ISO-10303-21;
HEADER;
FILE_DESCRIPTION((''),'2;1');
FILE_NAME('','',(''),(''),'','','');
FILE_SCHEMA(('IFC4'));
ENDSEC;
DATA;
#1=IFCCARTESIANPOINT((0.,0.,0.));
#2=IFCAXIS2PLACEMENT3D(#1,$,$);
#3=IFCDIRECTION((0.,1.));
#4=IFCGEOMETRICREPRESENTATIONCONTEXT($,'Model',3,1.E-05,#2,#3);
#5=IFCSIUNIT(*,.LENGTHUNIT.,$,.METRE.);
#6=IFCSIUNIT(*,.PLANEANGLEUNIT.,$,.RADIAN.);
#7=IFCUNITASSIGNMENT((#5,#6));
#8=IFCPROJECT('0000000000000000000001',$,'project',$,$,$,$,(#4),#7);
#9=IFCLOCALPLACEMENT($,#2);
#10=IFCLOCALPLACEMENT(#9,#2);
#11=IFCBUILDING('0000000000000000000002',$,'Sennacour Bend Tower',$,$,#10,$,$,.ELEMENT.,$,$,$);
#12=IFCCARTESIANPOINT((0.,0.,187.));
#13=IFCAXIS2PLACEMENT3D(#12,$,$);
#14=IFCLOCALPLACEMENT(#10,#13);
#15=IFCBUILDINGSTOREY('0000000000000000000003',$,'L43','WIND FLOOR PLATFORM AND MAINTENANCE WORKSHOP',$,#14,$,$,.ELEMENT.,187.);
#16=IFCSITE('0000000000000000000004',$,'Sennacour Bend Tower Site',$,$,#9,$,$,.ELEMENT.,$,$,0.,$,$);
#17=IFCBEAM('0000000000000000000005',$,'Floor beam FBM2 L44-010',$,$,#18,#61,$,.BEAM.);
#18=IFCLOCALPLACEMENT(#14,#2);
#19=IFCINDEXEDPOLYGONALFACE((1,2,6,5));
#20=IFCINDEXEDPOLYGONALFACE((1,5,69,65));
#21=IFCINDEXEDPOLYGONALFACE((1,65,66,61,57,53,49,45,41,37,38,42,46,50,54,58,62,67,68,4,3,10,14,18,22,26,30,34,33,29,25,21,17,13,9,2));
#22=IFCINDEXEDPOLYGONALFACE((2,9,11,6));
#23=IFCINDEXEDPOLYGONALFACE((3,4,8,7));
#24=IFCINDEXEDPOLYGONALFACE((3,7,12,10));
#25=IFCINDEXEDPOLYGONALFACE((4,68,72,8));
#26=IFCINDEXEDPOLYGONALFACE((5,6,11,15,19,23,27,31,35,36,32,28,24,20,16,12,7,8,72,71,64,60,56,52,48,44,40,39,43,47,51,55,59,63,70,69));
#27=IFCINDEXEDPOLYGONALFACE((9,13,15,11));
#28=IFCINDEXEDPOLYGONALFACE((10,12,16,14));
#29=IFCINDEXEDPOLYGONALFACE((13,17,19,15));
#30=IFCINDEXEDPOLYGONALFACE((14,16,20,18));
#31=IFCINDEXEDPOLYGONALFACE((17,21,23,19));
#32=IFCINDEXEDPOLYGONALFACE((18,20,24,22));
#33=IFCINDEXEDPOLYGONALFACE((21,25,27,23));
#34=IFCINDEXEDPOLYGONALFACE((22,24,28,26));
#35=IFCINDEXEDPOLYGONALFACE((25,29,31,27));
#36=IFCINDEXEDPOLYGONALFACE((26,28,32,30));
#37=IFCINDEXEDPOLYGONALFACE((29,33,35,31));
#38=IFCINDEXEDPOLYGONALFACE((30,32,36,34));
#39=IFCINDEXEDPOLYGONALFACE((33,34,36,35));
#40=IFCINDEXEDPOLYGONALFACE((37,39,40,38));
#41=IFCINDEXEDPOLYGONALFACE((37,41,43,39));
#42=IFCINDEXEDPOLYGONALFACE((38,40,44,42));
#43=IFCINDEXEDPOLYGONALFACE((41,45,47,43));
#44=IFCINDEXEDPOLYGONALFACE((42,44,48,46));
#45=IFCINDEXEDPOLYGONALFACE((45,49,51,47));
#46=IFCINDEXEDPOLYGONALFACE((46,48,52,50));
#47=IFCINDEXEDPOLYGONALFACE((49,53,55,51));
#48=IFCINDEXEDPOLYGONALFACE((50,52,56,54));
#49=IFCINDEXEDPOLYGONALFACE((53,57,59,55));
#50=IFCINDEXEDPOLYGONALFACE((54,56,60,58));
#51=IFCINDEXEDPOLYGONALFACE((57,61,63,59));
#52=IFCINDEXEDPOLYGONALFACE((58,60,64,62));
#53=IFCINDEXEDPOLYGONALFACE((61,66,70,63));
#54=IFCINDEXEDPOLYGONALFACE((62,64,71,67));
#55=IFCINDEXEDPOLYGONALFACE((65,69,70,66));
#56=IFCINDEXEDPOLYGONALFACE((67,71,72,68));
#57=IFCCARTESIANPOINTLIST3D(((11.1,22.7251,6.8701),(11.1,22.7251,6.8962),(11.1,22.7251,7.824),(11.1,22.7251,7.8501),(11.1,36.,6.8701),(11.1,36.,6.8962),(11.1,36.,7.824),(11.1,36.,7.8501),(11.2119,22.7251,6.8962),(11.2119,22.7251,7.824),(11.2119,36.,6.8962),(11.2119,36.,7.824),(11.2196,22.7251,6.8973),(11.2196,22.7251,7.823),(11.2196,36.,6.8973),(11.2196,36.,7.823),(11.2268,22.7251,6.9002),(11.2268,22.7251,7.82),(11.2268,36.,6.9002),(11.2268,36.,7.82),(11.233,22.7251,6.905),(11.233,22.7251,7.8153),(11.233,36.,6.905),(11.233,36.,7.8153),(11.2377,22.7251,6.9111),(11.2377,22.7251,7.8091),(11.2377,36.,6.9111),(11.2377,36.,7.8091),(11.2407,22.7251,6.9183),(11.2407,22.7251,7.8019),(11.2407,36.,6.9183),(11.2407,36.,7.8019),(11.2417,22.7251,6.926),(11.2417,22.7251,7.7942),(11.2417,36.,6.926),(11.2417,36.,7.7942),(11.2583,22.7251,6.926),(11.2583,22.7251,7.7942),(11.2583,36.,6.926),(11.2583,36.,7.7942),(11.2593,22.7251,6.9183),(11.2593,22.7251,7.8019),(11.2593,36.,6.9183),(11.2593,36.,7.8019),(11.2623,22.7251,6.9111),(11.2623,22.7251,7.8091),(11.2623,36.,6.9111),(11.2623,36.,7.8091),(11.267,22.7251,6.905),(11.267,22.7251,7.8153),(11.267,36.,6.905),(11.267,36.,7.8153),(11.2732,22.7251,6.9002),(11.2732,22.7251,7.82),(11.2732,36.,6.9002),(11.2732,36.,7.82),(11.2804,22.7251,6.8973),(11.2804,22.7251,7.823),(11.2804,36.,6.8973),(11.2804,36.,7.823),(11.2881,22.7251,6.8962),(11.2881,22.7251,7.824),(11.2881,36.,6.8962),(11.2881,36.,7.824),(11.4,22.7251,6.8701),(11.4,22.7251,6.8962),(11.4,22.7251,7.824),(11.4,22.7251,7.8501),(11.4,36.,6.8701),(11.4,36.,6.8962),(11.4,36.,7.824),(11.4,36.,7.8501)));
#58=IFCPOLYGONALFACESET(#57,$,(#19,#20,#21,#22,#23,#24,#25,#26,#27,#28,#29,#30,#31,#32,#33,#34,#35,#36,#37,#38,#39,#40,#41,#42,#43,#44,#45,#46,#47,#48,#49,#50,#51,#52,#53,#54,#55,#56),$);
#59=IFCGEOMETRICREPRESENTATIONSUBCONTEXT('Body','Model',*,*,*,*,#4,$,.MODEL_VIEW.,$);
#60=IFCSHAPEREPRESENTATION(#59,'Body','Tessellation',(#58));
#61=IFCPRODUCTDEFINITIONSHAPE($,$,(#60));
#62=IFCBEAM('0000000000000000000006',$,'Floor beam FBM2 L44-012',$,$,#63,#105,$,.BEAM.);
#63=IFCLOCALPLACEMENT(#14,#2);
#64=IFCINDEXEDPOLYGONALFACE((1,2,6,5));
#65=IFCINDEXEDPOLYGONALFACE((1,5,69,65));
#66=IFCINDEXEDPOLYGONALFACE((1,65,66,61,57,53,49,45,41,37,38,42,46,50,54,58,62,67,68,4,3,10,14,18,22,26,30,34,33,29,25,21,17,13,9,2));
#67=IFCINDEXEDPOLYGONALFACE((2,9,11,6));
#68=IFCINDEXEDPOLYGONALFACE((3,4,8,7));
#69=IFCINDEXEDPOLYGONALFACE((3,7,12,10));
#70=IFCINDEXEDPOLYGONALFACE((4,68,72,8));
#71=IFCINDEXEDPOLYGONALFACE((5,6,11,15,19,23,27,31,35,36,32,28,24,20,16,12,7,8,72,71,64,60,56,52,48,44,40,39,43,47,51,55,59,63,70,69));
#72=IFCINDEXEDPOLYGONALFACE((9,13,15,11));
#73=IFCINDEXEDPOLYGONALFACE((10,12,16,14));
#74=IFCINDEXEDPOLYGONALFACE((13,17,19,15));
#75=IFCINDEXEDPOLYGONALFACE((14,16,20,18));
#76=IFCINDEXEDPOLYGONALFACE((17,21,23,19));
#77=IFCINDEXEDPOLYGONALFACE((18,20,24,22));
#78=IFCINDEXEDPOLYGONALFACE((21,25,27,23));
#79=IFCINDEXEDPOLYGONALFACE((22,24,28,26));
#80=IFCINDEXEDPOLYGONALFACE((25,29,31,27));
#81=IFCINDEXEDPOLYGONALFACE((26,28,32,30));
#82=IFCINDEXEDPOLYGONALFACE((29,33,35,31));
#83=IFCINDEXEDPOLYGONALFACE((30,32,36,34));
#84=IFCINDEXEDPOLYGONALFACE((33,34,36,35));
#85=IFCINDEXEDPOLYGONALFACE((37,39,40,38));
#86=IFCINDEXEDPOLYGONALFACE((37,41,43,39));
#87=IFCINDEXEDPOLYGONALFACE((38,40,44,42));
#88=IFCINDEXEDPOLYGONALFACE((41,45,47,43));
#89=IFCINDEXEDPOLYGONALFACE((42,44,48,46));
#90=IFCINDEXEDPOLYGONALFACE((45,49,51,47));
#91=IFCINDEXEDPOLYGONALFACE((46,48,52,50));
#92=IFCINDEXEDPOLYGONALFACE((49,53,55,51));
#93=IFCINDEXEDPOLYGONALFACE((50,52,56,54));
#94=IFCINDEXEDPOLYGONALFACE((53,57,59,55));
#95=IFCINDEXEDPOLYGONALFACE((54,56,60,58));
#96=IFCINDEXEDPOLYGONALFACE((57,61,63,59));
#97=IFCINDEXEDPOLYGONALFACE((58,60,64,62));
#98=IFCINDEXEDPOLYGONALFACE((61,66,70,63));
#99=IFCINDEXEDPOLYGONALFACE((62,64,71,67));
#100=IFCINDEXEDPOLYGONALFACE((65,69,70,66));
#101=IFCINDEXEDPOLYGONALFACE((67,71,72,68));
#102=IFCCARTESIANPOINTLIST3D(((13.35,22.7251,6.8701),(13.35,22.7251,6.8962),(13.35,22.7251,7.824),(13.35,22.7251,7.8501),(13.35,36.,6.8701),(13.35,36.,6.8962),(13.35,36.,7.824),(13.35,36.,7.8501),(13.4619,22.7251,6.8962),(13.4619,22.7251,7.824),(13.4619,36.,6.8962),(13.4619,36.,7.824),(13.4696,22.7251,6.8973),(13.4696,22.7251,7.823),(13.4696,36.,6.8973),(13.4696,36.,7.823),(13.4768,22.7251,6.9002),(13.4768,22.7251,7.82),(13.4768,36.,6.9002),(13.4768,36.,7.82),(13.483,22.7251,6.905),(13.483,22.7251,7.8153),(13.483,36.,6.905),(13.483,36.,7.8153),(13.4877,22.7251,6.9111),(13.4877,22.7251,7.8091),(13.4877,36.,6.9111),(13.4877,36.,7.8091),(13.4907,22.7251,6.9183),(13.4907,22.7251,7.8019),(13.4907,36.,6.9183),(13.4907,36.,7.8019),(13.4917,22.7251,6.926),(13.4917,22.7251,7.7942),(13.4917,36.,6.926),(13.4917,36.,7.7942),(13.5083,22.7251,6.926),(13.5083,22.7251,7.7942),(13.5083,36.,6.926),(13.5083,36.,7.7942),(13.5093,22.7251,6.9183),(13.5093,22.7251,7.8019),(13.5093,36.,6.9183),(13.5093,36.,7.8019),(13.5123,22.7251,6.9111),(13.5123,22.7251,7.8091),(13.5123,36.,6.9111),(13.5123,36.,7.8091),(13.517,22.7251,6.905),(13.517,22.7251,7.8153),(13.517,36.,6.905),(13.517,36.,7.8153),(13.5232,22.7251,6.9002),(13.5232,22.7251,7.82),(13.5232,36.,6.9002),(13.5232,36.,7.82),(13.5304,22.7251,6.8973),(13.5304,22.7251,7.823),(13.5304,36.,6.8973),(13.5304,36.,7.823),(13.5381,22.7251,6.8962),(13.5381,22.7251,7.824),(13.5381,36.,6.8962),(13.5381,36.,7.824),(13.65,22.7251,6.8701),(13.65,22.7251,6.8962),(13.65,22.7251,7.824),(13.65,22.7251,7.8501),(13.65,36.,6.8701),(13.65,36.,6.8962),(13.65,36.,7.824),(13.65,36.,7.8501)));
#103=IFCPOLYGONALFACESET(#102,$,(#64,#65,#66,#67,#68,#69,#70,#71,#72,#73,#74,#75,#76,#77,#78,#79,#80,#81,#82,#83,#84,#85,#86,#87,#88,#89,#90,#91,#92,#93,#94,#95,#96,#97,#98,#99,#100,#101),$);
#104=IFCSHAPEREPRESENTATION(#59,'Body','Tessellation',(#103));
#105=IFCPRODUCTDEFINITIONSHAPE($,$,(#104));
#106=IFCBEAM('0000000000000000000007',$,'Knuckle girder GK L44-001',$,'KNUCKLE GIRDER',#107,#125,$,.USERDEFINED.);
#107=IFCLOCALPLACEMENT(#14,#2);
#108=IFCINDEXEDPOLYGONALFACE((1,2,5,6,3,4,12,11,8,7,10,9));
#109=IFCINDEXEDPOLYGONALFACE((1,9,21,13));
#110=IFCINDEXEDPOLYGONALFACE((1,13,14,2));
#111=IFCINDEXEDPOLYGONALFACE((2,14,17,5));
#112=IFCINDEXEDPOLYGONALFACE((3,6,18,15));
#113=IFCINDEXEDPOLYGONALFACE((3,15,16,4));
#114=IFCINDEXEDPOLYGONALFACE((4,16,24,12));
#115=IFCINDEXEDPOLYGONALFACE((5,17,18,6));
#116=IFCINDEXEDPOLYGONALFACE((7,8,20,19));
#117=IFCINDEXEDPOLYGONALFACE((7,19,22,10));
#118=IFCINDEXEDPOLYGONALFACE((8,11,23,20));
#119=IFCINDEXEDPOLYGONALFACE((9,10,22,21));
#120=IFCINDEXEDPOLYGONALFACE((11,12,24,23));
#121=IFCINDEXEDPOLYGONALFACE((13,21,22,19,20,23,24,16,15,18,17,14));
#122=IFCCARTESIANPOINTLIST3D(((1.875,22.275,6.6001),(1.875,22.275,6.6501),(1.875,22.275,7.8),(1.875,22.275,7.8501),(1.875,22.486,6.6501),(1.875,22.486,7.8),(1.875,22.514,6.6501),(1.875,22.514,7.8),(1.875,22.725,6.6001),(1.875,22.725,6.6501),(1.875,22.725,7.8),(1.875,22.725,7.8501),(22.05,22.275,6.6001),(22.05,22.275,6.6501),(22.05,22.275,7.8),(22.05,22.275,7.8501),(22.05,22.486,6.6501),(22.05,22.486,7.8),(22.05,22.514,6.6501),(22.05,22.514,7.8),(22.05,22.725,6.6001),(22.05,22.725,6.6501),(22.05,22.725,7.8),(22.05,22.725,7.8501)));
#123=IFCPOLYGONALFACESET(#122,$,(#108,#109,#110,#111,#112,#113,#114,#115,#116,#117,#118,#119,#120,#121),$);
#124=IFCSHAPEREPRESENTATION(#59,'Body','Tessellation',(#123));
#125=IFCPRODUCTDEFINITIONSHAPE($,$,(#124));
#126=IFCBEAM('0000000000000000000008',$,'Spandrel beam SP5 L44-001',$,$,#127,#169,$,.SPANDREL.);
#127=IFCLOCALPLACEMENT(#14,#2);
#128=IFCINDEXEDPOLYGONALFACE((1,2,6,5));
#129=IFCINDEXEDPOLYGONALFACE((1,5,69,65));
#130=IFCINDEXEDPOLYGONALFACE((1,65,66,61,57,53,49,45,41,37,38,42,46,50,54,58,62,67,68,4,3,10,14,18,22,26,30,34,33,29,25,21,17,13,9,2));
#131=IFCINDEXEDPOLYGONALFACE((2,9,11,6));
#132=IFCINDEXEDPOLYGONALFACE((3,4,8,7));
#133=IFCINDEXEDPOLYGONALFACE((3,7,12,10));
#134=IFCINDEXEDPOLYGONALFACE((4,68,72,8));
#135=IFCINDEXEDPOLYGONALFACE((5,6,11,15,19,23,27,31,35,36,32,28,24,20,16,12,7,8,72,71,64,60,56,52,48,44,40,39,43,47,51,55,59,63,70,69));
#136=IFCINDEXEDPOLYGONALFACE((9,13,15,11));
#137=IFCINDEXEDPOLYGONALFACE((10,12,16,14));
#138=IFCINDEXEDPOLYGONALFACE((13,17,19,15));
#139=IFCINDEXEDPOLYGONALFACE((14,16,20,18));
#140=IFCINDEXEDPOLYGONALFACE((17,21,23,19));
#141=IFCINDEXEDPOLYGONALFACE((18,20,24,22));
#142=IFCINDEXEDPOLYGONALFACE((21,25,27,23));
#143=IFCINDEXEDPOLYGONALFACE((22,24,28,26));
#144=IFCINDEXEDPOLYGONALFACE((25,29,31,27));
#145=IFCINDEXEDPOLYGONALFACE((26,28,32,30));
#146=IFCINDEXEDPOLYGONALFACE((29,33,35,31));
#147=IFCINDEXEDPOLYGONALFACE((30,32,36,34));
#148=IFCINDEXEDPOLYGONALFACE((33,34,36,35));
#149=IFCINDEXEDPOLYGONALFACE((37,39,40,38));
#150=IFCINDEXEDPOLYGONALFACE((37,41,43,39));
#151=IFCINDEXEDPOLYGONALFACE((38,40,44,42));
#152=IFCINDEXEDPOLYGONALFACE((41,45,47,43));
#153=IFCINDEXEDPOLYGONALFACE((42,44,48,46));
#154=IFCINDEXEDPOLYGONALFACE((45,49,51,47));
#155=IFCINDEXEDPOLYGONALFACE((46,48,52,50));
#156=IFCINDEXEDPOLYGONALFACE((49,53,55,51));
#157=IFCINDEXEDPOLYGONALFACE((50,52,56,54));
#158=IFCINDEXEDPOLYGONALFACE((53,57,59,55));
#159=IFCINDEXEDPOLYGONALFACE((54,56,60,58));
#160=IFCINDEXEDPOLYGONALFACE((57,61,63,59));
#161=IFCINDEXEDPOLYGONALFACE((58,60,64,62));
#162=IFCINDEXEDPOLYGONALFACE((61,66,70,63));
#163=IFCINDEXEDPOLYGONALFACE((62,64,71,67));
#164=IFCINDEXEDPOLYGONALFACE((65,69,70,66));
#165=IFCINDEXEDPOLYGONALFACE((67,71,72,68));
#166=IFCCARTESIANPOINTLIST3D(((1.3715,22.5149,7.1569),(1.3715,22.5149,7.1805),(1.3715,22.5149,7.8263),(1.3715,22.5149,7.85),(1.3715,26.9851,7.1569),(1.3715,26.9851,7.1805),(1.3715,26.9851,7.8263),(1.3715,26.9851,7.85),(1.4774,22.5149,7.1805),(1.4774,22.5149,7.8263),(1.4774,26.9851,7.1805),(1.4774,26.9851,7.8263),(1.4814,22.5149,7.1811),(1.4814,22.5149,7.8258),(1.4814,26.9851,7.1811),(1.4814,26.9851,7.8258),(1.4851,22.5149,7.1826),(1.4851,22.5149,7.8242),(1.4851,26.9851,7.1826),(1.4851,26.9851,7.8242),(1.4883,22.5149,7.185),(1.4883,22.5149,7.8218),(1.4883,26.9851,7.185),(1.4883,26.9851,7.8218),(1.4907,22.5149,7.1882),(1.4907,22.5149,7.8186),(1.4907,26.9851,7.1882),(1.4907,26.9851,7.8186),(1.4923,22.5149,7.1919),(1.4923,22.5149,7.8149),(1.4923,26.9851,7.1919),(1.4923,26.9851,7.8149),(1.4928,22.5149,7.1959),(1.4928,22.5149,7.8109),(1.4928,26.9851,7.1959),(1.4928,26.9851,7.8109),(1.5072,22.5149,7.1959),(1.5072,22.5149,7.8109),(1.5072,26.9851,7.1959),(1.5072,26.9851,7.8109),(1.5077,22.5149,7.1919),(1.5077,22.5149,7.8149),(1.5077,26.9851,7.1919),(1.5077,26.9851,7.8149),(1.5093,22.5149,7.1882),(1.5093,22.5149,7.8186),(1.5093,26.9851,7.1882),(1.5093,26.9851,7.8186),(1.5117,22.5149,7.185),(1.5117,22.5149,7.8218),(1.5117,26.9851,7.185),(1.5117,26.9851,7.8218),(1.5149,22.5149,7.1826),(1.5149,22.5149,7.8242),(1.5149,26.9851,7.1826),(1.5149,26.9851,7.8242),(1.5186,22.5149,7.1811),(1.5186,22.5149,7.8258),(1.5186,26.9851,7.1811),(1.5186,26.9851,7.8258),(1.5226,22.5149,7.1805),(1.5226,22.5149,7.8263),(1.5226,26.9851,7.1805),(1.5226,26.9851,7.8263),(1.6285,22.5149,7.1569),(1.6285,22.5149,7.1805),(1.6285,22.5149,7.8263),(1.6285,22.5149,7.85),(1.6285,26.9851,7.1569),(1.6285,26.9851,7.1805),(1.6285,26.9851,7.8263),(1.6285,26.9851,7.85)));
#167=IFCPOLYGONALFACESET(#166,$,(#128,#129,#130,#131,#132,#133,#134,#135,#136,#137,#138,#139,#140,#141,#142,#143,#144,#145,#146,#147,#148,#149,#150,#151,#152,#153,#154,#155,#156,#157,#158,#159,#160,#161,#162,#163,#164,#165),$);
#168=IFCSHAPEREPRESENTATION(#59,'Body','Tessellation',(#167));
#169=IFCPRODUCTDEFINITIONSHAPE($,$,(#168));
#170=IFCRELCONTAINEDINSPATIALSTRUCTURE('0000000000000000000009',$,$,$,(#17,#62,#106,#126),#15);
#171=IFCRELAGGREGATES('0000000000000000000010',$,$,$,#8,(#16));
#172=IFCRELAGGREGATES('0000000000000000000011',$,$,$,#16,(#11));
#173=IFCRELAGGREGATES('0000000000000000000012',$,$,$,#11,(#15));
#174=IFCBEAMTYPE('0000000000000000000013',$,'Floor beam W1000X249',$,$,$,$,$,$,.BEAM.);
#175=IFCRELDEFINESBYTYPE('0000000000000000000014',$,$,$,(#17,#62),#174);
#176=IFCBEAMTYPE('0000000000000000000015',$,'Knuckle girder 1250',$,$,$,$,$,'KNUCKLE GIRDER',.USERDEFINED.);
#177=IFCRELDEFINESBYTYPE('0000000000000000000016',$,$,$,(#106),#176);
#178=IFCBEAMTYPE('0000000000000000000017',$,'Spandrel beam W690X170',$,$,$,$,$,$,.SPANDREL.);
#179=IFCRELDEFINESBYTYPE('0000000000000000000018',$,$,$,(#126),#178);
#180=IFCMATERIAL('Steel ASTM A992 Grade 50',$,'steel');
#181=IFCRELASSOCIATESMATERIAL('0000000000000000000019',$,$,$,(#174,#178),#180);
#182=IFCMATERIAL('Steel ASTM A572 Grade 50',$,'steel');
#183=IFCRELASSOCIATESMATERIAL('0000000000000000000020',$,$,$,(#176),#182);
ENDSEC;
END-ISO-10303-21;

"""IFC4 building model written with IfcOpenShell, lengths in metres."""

from ifc_helpers import new_model, si_unit, direction, frame, origin, origin_2d, place, context, subcontext, project, spatial, i_section, extrude, material, material_profile, profile_set, type_object, element, save


model = new_model("IFC4")

# Units and contexts
model_context = context("Model", 3, precision=1e-05, world=origin(), true_north=direction((0.0, 1.0)))
body_context = subcontext(model_context, "Body", "Model", "MODEL_VIEW")
ifc_project = project(units=[si_unit("LENGTHUNIT", "METRE"), si_unit("PLANEANGLEUNIT", "RADIAN")], contexts=[model_context])

# Site, building, storey
site_placement = place(None, origin())
site = spatial("IfcSite", under=ifc_project, at=site_placement, Name="Sennacour Bend Tower Site", CompositionType="ELEMENT", RefElevation=0.0)
building_placement = place(site_placement, origin())
building = spatial("IfcBuilding", under=site, at=building_placement, Name="Sennacour Bend Tower", CompositionType="ELEMENT")
storey_placement = place(building_placement, frame((0.0, 0.0, 187.0)))
storey = spatial("IfcBuildingStorey", under=building, at=storey_placement, Name="L43", Description="WIND FLOOR PLATFORM AND MAINTENANCE WORKSHOP", CompositionType="ELEMENT", Elevation=187.0)

# Beams
ifc_material_1 = material(Name="Steel ASTM A992 Grade 50", Category="steel")
ifc_material_profile_1 = material_profile(ifc_material_1, i_section(OverallWidth=0.3, OverallDepth=0.98, WebThickness=0.0166, FlangeThickness=0.0261, FilletRadius=0.0298, at=origin_2d()), Name="Steel ASTM A992 Grade 50", Category="steel")
ifc_profile_set_1 = profile_set([ifc_material_profile_1], Name="Steel ASTM A992 Grade 50")
beam_type_1 = type_object("IfcBeamType", Name="Floor beam W1000X249", PredefinedType="BEAM", material=ifc_profile_set_1)
for number, where, z_axis, x_axis, name in (
    (1, (11.25, 22.7251, 7.3601), (0.0, 1.0, 0.0), (-1.0, 0.0, 0.0), "Floor beam FBM2 L44-010"),
    (2, (13.5, 22.7251, 7.3601), (0.0, 1.0, 0.0), (-1.0, 0.0, 0.0), "Floor beam FBM2 L44-012"),
):
    element("IfcBeam", number, at=place(storey_placement, frame(where, z_axis=z_axis, x_axis=x_axis)), inside=storey, type_object=beam_type_1, Name=name, PredefinedType="BEAM", context=body_context, shape_type="SweptSolid", body=[
        extrude(i_section(OverallWidth=0.3, OverallDepth=0.98, WebThickness=0.0166, FlangeThickness=0.0261, FilletRadius=0.0298, at=origin_2d()), origin(), (0.0, 0.0, 1.0), 13.2749),
    ])
ifc_material_2 = material(Name="Steel ASTM A572 Grade 50", Category="steel")
ifc_material_profile_2 = material_profile(ifc_material_2, i_section(OverallWidth=0.45, OverallDepth=1.25, WebThickness=0.0281, FlangeThickness=0.05, at=origin_2d()), Name="Steel ASTM A572 Grade 50", Category="steel")
ifc_profile_set_2 = profile_set([ifc_material_profile_2], Name="Steel ASTM A572 Grade 50")
beam_type_2 = type_object("IfcBeamType", Name="Knuckle girder 1250", ElementType="KNUCKLE GIRDER", PredefinedType="USERDEFINED", material=ifc_profile_set_2)
beam_1_placement = place(storey_placement, frame((1.875, 22.5, 7.2251), z_axis=(1.0, 0.0, 0.0), x_axis=(0.0, 1.0, 0.0)))
element("IfcBeam", 3, at=beam_1_placement, inside=storey, type_object=beam_type_2, Name="Knuckle girder GK L44-001", ObjectType="KNUCKLE GIRDER", PredefinedType="USERDEFINED", context=body_context, shape_type="SweptSolid", body=[
    extrude(i_section(OverallWidth=0.45, OverallDepth=1.25, WebThickness=0.0281, FlangeThickness=0.05, at=origin_2d()), origin(), (0.0, 0.0, 1.0), 20.175),
])
ifc_material_profile_3 = material_profile(ifc_material_1, i_section(OverallWidth=0.2571, OverallDepth=0.6931, WebThickness=0.0144, FlangeThickness=0.0237, FilletRadius=0.0154, at=origin_2d()), Name="Steel ASTM A992 Grade 50", Category="steel")
ifc_profile_set_3 = profile_set([ifc_material_profile_3], Name="Steel ASTM A992 Grade 50")
beam_type_3 = type_object("IfcBeamType", Name="Spandrel beam W690X170", PredefinedType="SPANDREL", material=ifc_profile_set_3)
for number, where, z_axis, x_axis, name in (
    (4, (1.5, 22.5149, 7.5034), (0.0, 1.0, 0.0), (-1.0, 0.0, 0.0), "Spandrel beam SP5 L44-001"),
):
    element("IfcBeam", number, at=place(storey_placement, frame(where, z_axis=z_axis, x_axis=x_axis)), inside=storey, type_object=beam_type_3, Name=name, PredefinedType="SPANDREL", context=body_context, shape_type="SweptSolid", body=[
        extrude(i_section(OverallWidth=0.2571, OverallDepth=0.6931, WebThickness=0.0144, FlangeThickness=0.0237, FilletRadius=0.0154, at=origin_2d()), origin(), (0.0, 0.0, 1.0), 4.4702),
    ])

save(model, "model.ifc")
